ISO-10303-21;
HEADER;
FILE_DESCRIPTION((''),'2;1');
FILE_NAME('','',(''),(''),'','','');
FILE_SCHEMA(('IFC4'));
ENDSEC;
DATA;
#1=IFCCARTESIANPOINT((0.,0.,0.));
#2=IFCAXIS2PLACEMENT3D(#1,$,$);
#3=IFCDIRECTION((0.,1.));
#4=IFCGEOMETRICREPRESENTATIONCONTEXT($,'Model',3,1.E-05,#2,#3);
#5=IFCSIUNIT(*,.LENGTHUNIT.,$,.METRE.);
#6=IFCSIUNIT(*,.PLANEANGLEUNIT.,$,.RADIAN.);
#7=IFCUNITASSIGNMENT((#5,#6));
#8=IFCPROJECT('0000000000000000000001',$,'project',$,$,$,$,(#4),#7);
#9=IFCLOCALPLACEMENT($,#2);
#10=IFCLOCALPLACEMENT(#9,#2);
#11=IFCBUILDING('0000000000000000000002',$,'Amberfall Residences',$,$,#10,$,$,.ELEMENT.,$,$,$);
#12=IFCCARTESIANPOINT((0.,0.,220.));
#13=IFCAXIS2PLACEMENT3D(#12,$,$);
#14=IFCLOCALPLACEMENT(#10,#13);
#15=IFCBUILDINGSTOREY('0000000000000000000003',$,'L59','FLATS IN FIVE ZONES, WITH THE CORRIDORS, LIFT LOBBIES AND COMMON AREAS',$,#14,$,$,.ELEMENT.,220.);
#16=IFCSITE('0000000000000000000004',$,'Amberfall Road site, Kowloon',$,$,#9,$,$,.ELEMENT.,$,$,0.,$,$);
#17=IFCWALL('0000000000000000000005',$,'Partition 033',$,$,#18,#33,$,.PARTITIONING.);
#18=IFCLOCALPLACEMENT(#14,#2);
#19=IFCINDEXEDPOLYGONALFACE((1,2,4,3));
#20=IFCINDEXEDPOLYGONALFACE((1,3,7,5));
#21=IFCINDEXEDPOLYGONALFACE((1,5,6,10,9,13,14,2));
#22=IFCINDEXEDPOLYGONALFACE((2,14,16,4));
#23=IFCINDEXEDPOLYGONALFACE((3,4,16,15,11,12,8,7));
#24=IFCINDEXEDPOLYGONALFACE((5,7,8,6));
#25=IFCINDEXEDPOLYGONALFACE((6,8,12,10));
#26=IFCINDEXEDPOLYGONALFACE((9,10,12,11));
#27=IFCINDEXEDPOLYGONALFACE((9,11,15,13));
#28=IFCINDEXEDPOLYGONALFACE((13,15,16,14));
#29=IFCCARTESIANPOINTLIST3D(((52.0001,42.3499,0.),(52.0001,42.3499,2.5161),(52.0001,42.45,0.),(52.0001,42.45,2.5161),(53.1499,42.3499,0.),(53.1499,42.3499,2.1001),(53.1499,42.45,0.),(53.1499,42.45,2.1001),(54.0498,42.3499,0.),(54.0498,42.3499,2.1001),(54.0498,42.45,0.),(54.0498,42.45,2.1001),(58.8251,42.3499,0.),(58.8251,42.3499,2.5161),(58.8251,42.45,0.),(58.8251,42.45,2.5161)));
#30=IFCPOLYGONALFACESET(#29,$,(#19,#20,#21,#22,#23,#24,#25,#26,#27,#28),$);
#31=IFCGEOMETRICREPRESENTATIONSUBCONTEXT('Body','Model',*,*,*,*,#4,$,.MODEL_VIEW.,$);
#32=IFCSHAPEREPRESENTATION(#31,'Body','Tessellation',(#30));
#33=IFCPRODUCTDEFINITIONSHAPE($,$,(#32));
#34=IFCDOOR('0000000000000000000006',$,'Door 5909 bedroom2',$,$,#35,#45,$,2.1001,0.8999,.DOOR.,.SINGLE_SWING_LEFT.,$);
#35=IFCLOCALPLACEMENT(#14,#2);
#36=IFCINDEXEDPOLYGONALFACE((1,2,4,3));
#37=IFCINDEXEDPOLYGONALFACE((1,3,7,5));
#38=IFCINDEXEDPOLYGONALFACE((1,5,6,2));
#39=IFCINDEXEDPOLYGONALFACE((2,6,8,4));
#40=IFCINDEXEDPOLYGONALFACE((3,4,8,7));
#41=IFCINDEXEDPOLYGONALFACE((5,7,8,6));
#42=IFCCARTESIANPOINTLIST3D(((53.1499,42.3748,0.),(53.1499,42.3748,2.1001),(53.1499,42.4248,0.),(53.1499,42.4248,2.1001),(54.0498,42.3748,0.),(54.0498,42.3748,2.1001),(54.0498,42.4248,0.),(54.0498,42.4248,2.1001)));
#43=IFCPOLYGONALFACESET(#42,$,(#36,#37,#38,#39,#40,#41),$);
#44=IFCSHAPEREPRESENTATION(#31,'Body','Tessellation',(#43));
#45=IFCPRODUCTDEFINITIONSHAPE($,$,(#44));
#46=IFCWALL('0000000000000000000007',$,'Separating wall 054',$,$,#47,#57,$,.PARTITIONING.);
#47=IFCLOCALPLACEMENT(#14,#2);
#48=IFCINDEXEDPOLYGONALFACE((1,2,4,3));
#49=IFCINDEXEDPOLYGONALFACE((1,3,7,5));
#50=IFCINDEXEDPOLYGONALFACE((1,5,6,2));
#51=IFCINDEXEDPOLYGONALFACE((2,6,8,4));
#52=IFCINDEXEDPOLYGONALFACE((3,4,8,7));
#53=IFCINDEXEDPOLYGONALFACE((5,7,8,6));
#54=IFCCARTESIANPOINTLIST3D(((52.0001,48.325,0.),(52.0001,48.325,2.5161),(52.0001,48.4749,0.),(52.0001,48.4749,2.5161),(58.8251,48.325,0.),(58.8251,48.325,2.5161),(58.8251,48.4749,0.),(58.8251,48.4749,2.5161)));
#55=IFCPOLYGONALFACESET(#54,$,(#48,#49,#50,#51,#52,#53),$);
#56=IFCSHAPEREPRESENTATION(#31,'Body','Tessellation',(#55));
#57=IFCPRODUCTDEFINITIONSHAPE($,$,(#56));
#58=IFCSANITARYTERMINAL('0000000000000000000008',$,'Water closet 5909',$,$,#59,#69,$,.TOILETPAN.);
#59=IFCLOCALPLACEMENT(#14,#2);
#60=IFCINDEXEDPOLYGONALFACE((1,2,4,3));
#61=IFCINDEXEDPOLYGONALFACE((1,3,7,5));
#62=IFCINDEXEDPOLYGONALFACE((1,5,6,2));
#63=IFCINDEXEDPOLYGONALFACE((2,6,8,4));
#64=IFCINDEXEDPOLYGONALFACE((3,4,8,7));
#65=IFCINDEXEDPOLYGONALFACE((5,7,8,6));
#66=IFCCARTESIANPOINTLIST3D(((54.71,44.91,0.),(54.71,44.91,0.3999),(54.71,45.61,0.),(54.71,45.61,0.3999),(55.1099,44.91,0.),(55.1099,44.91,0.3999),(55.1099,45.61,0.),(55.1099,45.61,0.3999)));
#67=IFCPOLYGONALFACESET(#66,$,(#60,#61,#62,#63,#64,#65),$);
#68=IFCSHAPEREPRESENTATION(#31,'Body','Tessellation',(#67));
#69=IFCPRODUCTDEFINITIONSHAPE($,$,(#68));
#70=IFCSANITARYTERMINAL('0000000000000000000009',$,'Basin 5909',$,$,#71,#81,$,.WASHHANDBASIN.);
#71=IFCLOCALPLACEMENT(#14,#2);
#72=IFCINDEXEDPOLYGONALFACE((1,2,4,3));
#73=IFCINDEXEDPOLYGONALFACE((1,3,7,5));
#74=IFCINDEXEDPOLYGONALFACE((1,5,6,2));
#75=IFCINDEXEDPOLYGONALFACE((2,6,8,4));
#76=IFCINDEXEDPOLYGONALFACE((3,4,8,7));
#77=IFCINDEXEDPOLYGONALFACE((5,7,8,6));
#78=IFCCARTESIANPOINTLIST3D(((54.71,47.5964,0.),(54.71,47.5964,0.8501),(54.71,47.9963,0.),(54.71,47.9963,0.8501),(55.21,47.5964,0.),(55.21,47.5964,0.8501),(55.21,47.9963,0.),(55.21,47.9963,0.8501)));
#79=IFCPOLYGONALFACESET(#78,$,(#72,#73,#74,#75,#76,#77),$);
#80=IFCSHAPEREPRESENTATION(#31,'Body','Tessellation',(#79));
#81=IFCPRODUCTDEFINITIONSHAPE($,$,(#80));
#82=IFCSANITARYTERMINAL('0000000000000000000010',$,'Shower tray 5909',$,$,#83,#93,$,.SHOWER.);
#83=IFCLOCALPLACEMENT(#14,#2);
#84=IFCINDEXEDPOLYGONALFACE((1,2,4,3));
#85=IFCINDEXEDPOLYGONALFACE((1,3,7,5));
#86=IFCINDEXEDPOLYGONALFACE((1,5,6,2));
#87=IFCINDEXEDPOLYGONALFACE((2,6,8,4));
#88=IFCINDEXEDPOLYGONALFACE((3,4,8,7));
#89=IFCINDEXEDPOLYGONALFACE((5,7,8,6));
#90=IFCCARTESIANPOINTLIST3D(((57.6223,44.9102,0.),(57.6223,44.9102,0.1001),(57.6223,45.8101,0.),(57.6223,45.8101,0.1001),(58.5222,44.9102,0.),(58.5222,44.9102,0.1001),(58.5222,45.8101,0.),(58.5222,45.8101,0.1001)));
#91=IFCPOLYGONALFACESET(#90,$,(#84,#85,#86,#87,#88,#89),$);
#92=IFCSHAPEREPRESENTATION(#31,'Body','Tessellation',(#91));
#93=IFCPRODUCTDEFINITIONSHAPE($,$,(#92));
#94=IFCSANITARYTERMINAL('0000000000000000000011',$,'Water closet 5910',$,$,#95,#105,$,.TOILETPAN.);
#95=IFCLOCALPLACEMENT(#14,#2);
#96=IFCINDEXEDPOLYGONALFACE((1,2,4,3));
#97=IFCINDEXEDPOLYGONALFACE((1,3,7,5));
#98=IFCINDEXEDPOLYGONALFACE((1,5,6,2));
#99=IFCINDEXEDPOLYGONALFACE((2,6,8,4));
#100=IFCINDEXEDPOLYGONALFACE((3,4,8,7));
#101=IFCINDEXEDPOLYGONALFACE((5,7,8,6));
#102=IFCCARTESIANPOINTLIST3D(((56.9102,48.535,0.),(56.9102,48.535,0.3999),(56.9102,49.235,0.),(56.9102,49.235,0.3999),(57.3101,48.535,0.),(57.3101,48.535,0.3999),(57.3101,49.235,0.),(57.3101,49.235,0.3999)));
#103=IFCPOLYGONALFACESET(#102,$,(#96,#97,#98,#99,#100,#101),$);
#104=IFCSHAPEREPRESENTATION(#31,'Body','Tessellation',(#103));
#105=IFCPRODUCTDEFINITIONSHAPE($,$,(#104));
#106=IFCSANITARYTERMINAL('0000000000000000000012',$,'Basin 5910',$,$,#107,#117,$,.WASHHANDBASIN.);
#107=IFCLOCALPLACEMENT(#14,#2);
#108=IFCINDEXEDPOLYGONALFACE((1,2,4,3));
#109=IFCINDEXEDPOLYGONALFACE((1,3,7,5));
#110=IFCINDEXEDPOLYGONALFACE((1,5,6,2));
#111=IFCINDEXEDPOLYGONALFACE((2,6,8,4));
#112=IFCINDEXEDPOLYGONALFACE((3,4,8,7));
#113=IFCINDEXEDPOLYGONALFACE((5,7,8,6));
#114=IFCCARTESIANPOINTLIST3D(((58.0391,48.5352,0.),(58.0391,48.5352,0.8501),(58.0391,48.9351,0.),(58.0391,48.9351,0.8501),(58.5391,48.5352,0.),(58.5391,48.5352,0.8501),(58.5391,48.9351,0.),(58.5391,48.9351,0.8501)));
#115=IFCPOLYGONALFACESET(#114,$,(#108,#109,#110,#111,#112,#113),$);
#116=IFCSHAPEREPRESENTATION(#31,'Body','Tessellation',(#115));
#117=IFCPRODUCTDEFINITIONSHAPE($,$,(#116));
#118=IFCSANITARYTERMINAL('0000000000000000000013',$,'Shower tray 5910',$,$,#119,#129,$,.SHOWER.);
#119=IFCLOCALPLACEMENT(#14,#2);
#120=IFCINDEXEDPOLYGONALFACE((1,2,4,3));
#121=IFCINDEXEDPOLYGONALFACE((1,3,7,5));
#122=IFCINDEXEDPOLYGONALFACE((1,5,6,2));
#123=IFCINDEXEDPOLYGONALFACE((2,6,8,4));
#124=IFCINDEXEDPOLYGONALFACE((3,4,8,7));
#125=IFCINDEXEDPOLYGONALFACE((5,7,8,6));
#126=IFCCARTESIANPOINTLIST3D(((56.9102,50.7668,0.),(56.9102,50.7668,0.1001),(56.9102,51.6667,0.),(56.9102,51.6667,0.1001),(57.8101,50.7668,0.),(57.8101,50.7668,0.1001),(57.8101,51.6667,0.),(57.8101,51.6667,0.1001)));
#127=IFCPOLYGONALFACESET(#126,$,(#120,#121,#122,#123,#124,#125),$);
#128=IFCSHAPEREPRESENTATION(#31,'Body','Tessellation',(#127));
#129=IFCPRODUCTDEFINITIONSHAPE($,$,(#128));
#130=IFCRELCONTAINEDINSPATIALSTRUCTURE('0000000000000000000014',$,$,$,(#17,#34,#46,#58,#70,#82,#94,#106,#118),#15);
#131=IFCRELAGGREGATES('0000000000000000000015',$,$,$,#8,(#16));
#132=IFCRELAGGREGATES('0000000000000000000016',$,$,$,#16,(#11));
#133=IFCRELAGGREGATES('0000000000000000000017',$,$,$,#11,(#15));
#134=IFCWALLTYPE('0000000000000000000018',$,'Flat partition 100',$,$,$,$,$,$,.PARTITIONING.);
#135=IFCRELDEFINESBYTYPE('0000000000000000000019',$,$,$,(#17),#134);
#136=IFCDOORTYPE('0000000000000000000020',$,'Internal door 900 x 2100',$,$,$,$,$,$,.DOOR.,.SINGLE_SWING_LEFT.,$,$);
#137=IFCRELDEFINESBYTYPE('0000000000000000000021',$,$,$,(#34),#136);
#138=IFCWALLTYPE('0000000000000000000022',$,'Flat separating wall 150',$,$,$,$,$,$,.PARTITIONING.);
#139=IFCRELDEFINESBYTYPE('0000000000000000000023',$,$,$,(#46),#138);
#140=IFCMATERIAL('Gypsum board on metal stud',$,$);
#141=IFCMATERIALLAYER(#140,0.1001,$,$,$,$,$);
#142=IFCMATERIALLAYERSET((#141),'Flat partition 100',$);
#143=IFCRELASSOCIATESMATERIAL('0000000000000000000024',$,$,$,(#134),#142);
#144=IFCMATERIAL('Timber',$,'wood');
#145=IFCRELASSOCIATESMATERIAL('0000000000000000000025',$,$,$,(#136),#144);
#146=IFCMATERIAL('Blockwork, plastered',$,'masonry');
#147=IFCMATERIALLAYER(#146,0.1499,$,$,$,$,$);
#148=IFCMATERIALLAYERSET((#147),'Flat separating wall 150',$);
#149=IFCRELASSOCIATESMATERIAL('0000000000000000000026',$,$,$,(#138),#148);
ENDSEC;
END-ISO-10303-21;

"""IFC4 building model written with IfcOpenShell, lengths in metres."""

from ifc_helpers import new_model, si_unit, direction, frame, frame_2d, origin, origin_2d, place, context, subcontext, project, spatial, rectangle, extrude, material, layer, layer_set, type_object, element, fill, save


model = new_model("IFC4")

# Units and contexts
model_context = context("Model", 3, precision=1e-05, world=origin(), true_north=direction((0.0, 1.0)))
body_context = subcontext(model_context, "Body", "Model", "MODEL_VIEW")
ifc_project = project(units=[si_unit("LENGTHUNIT", "METRE"), si_unit("PLANEANGLEUNIT", "RADIAN")], contexts=[model_context])

# Site, building, storey
site_placement = place(None, origin())
site = spatial("IfcSite", under=ifc_project, at=site_placement, Name="Amberfall Road site, Kowloon", CompositionType="ELEMENT", RefElevation=0.0)
building_placement = place(site_placement, origin())
building = spatial("IfcBuilding", under=site, at=building_placement, Name="Amberfall Residences", CompositionType="ELEMENT")
storey_placement = place(building_placement, frame((0.0, 0.0, 220.0)))
storey = spatial("IfcBuildingStorey", under=building, at=storey_placement, Name="L59", Description="FLATS IN FIVE ZONES, WITH THE CORRIDORS, LIFT LOBBIES AND COMMON AREAS", CompositionType="ELEMENT", Elevation=220.0)

# Shared definitions
ifc_material_1 = material(Name="Gypsum board on metal stud")
ifc_layer_1 = layer(ifc_material_1, 0.1001)
ifc_layer_set_1 = layer_set([ifc_layer_1], Name="Flat partition 100")
wall_type_1 = type_object("IfcWallType", Name="Flat partition 100", PredefinedType="PARTITIONING", material=ifc_layer_set_1)

# Wall, opening, door
ifc_material_2 = material(Name="Timber", Category="wood")
wall_1_placement = place(storey_placement, frame((52.0, 42.3999, 0.0), z_axis=(0.0, 0.0, 1.0), x_axis=(1.0, 0.0, 0.0)))
wall_1 = element("IfcWall", 1, at=wall_1_placement, inside=storey, type_object=wall_type_1, Name="Partition 033", PredefinedType="PARTITIONING", context=body_context, shape_type="SweptSolid", body=[
    extrude(rectangle(XDim=6.825, YDim=0.1001, at=frame_2d((3.4126, 0.0))), origin(), (0.0, 0.0, 1.0), 2.5161),
])
opening_1_placement = place(wall_1_placement, frame((1.1499, 0.0, 0.0)))
opening_1 = element("IfcOpeningElement", 2, at=opening_1_placement, cuts=wall_1, PredefinedType="OPENING", context=body_context, shape_type="SweptSolid", body=[
    extrude(rectangle(XDim=0.8999, YDim=2.1001, at=frame_2d((0.45, 1.05))), frame((0.0, 0.0601, 0.0), z_axis=(0.0, -1.0, 0.0), x_axis=(1.0, 0.0, 0.0)), (0.0, 0.0, 1.0), 0.1201),
])
door_type_1 = type_object("IfcDoorType", Name="Internal door 900 x 2100", OperationType="SINGLE_SWING_LEFT", PredefinedType="DOOR", material=ifc_material_2)
door_1_placement = place(opening_1_placement, origin())
door_1 = element("IfcDoor", 3, at=door_1_placement, inside=storey, type_object=door_type_1, Name="Door 5909 bedroom2", OperationType="SINGLE_SWING_LEFT", OverallHeight=2.1001, OverallWidth=0.8999, PredefinedType="DOOR", context=body_context, shape_type="SweptSolid", body=[
    extrude(rectangle(XDim=0.8999, YDim=2.1001, at=frame_2d((0.45, 1.05))), frame((0.0, 0.0249, 0.0), z_axis=(0.0, -1.0, 0.0), x_axis=(1.0, 0.0, 0.0)), (0.0, 0.0, 1.0), 0.05),
])
fill(opening_1, door_1)

# Wall
ifc_material_3 = material(Name="Blockwork, plastered", Category="masonry")
ifc_layer_2 = layer(ifc_material_3, 0.1499)
ifc_layer_set_2 = layer_set([ifc_layer_2], Name="Flat separating wall 150")
wall_type_2 = type_object("IfcWallType", Name="Flat separating wall 150", PredefinedType="PARTITIONING", material=ifc_layer_set_2)
wall_2_placement = place(storey_placement, frame((52.0, 48.3999, 0.0), z_axis=(0.0, 0.0, 1.0), x_axis=(1.0, 0.0, 0.0)))
element("IfcWall", 4, at=wall_2_placement, inside=storey, type_object=wall_type_2, Name="Separating wall 054", PredefinedType="PARTITIONING", context=body_context, shape_type="SweptSolid", body=[
    extrude(rectangle(XDim=6.825, YDim=0.1499, at=frame_2d((3.4126, 0.0))), origin(), (0.0, 0.0, 1.0), 2.5161),
])

# Sanitary terminals
sanitary_terminal_1_placement = place(storey_placement, frame((54.9099, 45.26, 0.0), z_axis=(0.0, 0.0, 1.0), x_axis=(1.0, 0.0, 0.0)))
element("IfcSanitaryTerminal", 5, at=sanitary_terminal_1_placement, inside=storey, Name="Water closet 5909", PredefinedType="TOILETPAN", context=body_context, shape_type="SweptSolid", body=[
    extrude(rectangle(XDim=0.3999, YDim=0.7, at=origin_2d()), origin(), (0.0, 0.0, 1.0), 0.3999),
])
sanitary_terminal_2_placement = place(storey_placement, frame((54.96, 47.7964, 0.0), z_axis=(0.0, 0.0, 1.0), x_axis=(1.0, 0.0, 0.0)))
element("IfcSanitaryTerminal", 6, at=sanitary_terminal_2_placement, inside=storey, Name="Basin 5909", PredefinedType="WASHHANDBASIN", context=body_context, shape_type="SweptSolid", body=[
    extrude(rectangle(XDim=0.5, YDim=0.3999, at=origin_2d()), origin(), (0.0, 0.0, 1.0), 0.8501),
])
sanitary_terminal_3_placement = place(storey_placement, frame((58.0723, 45.3601, 0.0), z_axis=(0.0, 0.0, 1.0), x_axis=(1.0, 0.0, 0.0)))
element("IfcSanitaryTerminal", 7, at=sanitary_terminal_3_placement, inside=storey, Name="Shower tray 5909", PredefinedType="SHOWER", context=body_context, shape_type="SweptSolid", body=[
    extrude(rectangle(XDim=0.8999, YDim=0.8999, at=origin_2d()), origin(), (0.0, 0.0, 1.0), 0.1001),
])
sanitary_terminal_4_placement = place(storey_placement, frame((57.1101, 48.885, 0.0), z_axis=(0.0, 0.0, 1.0), x_axis=(1.0, 0.0, 0.0)))
element("IfcSanitaryTerminal", 8, at=sanitary_terminal_4_placement, inside=storey, Name="Water closet 5910", PredefinedType="TOILETPAN", context=body_context, shape_type="SweptSolid", body=[
    extrude(rectangle(XDim=0.3999, YDim=0.7, at=origin_2d()), origin(), (0.0, 0.0, 1.0), 0.3999),
])
sanitary_terminal_5_placement = place(storey_placement, frame((58.2891, 48.7351, 0.0), z_axis=(0.0, 0.0, 1.0), x_axis=(1.0, 0.0, 0.0)))
element("IfcSanitaryTerminal", 9, at=sanitary_terminal_5_placement, inside=storey, Name="Basin 5910", PredefinedType="WASHHANDBASIN", context=body_context, shape_type="SweptSolid", body=[
    extrude(rectangle(XDim=0.5, YDim=0.3999, at=origin_2d()), origin(), (0.0, 0.0, 1.0), 0.8501),
])
sanitary_terminal_6_placement = place(storey_placement, frame((57.3601, 51.2168, 0.0), z_axis=(0.0, 0.0, 1.0), x_axis=(1.0, 0.0, 0.0)))
element("IfcSanitaryTerminal", 10, at=sanitary_terminal_6_placement, inside=storey, Name="Shower tray 5910", PredefinedType="SHOWER", context=body_context, shape_type="SweptSolid", body=[
    extrude(rectangle(XDim=0.8999, YDim=0.8999, at=origin_2d()), origin(), (0.0, 0.0, 1.0), 0.1001),
])

save(model, "model.ifc")
